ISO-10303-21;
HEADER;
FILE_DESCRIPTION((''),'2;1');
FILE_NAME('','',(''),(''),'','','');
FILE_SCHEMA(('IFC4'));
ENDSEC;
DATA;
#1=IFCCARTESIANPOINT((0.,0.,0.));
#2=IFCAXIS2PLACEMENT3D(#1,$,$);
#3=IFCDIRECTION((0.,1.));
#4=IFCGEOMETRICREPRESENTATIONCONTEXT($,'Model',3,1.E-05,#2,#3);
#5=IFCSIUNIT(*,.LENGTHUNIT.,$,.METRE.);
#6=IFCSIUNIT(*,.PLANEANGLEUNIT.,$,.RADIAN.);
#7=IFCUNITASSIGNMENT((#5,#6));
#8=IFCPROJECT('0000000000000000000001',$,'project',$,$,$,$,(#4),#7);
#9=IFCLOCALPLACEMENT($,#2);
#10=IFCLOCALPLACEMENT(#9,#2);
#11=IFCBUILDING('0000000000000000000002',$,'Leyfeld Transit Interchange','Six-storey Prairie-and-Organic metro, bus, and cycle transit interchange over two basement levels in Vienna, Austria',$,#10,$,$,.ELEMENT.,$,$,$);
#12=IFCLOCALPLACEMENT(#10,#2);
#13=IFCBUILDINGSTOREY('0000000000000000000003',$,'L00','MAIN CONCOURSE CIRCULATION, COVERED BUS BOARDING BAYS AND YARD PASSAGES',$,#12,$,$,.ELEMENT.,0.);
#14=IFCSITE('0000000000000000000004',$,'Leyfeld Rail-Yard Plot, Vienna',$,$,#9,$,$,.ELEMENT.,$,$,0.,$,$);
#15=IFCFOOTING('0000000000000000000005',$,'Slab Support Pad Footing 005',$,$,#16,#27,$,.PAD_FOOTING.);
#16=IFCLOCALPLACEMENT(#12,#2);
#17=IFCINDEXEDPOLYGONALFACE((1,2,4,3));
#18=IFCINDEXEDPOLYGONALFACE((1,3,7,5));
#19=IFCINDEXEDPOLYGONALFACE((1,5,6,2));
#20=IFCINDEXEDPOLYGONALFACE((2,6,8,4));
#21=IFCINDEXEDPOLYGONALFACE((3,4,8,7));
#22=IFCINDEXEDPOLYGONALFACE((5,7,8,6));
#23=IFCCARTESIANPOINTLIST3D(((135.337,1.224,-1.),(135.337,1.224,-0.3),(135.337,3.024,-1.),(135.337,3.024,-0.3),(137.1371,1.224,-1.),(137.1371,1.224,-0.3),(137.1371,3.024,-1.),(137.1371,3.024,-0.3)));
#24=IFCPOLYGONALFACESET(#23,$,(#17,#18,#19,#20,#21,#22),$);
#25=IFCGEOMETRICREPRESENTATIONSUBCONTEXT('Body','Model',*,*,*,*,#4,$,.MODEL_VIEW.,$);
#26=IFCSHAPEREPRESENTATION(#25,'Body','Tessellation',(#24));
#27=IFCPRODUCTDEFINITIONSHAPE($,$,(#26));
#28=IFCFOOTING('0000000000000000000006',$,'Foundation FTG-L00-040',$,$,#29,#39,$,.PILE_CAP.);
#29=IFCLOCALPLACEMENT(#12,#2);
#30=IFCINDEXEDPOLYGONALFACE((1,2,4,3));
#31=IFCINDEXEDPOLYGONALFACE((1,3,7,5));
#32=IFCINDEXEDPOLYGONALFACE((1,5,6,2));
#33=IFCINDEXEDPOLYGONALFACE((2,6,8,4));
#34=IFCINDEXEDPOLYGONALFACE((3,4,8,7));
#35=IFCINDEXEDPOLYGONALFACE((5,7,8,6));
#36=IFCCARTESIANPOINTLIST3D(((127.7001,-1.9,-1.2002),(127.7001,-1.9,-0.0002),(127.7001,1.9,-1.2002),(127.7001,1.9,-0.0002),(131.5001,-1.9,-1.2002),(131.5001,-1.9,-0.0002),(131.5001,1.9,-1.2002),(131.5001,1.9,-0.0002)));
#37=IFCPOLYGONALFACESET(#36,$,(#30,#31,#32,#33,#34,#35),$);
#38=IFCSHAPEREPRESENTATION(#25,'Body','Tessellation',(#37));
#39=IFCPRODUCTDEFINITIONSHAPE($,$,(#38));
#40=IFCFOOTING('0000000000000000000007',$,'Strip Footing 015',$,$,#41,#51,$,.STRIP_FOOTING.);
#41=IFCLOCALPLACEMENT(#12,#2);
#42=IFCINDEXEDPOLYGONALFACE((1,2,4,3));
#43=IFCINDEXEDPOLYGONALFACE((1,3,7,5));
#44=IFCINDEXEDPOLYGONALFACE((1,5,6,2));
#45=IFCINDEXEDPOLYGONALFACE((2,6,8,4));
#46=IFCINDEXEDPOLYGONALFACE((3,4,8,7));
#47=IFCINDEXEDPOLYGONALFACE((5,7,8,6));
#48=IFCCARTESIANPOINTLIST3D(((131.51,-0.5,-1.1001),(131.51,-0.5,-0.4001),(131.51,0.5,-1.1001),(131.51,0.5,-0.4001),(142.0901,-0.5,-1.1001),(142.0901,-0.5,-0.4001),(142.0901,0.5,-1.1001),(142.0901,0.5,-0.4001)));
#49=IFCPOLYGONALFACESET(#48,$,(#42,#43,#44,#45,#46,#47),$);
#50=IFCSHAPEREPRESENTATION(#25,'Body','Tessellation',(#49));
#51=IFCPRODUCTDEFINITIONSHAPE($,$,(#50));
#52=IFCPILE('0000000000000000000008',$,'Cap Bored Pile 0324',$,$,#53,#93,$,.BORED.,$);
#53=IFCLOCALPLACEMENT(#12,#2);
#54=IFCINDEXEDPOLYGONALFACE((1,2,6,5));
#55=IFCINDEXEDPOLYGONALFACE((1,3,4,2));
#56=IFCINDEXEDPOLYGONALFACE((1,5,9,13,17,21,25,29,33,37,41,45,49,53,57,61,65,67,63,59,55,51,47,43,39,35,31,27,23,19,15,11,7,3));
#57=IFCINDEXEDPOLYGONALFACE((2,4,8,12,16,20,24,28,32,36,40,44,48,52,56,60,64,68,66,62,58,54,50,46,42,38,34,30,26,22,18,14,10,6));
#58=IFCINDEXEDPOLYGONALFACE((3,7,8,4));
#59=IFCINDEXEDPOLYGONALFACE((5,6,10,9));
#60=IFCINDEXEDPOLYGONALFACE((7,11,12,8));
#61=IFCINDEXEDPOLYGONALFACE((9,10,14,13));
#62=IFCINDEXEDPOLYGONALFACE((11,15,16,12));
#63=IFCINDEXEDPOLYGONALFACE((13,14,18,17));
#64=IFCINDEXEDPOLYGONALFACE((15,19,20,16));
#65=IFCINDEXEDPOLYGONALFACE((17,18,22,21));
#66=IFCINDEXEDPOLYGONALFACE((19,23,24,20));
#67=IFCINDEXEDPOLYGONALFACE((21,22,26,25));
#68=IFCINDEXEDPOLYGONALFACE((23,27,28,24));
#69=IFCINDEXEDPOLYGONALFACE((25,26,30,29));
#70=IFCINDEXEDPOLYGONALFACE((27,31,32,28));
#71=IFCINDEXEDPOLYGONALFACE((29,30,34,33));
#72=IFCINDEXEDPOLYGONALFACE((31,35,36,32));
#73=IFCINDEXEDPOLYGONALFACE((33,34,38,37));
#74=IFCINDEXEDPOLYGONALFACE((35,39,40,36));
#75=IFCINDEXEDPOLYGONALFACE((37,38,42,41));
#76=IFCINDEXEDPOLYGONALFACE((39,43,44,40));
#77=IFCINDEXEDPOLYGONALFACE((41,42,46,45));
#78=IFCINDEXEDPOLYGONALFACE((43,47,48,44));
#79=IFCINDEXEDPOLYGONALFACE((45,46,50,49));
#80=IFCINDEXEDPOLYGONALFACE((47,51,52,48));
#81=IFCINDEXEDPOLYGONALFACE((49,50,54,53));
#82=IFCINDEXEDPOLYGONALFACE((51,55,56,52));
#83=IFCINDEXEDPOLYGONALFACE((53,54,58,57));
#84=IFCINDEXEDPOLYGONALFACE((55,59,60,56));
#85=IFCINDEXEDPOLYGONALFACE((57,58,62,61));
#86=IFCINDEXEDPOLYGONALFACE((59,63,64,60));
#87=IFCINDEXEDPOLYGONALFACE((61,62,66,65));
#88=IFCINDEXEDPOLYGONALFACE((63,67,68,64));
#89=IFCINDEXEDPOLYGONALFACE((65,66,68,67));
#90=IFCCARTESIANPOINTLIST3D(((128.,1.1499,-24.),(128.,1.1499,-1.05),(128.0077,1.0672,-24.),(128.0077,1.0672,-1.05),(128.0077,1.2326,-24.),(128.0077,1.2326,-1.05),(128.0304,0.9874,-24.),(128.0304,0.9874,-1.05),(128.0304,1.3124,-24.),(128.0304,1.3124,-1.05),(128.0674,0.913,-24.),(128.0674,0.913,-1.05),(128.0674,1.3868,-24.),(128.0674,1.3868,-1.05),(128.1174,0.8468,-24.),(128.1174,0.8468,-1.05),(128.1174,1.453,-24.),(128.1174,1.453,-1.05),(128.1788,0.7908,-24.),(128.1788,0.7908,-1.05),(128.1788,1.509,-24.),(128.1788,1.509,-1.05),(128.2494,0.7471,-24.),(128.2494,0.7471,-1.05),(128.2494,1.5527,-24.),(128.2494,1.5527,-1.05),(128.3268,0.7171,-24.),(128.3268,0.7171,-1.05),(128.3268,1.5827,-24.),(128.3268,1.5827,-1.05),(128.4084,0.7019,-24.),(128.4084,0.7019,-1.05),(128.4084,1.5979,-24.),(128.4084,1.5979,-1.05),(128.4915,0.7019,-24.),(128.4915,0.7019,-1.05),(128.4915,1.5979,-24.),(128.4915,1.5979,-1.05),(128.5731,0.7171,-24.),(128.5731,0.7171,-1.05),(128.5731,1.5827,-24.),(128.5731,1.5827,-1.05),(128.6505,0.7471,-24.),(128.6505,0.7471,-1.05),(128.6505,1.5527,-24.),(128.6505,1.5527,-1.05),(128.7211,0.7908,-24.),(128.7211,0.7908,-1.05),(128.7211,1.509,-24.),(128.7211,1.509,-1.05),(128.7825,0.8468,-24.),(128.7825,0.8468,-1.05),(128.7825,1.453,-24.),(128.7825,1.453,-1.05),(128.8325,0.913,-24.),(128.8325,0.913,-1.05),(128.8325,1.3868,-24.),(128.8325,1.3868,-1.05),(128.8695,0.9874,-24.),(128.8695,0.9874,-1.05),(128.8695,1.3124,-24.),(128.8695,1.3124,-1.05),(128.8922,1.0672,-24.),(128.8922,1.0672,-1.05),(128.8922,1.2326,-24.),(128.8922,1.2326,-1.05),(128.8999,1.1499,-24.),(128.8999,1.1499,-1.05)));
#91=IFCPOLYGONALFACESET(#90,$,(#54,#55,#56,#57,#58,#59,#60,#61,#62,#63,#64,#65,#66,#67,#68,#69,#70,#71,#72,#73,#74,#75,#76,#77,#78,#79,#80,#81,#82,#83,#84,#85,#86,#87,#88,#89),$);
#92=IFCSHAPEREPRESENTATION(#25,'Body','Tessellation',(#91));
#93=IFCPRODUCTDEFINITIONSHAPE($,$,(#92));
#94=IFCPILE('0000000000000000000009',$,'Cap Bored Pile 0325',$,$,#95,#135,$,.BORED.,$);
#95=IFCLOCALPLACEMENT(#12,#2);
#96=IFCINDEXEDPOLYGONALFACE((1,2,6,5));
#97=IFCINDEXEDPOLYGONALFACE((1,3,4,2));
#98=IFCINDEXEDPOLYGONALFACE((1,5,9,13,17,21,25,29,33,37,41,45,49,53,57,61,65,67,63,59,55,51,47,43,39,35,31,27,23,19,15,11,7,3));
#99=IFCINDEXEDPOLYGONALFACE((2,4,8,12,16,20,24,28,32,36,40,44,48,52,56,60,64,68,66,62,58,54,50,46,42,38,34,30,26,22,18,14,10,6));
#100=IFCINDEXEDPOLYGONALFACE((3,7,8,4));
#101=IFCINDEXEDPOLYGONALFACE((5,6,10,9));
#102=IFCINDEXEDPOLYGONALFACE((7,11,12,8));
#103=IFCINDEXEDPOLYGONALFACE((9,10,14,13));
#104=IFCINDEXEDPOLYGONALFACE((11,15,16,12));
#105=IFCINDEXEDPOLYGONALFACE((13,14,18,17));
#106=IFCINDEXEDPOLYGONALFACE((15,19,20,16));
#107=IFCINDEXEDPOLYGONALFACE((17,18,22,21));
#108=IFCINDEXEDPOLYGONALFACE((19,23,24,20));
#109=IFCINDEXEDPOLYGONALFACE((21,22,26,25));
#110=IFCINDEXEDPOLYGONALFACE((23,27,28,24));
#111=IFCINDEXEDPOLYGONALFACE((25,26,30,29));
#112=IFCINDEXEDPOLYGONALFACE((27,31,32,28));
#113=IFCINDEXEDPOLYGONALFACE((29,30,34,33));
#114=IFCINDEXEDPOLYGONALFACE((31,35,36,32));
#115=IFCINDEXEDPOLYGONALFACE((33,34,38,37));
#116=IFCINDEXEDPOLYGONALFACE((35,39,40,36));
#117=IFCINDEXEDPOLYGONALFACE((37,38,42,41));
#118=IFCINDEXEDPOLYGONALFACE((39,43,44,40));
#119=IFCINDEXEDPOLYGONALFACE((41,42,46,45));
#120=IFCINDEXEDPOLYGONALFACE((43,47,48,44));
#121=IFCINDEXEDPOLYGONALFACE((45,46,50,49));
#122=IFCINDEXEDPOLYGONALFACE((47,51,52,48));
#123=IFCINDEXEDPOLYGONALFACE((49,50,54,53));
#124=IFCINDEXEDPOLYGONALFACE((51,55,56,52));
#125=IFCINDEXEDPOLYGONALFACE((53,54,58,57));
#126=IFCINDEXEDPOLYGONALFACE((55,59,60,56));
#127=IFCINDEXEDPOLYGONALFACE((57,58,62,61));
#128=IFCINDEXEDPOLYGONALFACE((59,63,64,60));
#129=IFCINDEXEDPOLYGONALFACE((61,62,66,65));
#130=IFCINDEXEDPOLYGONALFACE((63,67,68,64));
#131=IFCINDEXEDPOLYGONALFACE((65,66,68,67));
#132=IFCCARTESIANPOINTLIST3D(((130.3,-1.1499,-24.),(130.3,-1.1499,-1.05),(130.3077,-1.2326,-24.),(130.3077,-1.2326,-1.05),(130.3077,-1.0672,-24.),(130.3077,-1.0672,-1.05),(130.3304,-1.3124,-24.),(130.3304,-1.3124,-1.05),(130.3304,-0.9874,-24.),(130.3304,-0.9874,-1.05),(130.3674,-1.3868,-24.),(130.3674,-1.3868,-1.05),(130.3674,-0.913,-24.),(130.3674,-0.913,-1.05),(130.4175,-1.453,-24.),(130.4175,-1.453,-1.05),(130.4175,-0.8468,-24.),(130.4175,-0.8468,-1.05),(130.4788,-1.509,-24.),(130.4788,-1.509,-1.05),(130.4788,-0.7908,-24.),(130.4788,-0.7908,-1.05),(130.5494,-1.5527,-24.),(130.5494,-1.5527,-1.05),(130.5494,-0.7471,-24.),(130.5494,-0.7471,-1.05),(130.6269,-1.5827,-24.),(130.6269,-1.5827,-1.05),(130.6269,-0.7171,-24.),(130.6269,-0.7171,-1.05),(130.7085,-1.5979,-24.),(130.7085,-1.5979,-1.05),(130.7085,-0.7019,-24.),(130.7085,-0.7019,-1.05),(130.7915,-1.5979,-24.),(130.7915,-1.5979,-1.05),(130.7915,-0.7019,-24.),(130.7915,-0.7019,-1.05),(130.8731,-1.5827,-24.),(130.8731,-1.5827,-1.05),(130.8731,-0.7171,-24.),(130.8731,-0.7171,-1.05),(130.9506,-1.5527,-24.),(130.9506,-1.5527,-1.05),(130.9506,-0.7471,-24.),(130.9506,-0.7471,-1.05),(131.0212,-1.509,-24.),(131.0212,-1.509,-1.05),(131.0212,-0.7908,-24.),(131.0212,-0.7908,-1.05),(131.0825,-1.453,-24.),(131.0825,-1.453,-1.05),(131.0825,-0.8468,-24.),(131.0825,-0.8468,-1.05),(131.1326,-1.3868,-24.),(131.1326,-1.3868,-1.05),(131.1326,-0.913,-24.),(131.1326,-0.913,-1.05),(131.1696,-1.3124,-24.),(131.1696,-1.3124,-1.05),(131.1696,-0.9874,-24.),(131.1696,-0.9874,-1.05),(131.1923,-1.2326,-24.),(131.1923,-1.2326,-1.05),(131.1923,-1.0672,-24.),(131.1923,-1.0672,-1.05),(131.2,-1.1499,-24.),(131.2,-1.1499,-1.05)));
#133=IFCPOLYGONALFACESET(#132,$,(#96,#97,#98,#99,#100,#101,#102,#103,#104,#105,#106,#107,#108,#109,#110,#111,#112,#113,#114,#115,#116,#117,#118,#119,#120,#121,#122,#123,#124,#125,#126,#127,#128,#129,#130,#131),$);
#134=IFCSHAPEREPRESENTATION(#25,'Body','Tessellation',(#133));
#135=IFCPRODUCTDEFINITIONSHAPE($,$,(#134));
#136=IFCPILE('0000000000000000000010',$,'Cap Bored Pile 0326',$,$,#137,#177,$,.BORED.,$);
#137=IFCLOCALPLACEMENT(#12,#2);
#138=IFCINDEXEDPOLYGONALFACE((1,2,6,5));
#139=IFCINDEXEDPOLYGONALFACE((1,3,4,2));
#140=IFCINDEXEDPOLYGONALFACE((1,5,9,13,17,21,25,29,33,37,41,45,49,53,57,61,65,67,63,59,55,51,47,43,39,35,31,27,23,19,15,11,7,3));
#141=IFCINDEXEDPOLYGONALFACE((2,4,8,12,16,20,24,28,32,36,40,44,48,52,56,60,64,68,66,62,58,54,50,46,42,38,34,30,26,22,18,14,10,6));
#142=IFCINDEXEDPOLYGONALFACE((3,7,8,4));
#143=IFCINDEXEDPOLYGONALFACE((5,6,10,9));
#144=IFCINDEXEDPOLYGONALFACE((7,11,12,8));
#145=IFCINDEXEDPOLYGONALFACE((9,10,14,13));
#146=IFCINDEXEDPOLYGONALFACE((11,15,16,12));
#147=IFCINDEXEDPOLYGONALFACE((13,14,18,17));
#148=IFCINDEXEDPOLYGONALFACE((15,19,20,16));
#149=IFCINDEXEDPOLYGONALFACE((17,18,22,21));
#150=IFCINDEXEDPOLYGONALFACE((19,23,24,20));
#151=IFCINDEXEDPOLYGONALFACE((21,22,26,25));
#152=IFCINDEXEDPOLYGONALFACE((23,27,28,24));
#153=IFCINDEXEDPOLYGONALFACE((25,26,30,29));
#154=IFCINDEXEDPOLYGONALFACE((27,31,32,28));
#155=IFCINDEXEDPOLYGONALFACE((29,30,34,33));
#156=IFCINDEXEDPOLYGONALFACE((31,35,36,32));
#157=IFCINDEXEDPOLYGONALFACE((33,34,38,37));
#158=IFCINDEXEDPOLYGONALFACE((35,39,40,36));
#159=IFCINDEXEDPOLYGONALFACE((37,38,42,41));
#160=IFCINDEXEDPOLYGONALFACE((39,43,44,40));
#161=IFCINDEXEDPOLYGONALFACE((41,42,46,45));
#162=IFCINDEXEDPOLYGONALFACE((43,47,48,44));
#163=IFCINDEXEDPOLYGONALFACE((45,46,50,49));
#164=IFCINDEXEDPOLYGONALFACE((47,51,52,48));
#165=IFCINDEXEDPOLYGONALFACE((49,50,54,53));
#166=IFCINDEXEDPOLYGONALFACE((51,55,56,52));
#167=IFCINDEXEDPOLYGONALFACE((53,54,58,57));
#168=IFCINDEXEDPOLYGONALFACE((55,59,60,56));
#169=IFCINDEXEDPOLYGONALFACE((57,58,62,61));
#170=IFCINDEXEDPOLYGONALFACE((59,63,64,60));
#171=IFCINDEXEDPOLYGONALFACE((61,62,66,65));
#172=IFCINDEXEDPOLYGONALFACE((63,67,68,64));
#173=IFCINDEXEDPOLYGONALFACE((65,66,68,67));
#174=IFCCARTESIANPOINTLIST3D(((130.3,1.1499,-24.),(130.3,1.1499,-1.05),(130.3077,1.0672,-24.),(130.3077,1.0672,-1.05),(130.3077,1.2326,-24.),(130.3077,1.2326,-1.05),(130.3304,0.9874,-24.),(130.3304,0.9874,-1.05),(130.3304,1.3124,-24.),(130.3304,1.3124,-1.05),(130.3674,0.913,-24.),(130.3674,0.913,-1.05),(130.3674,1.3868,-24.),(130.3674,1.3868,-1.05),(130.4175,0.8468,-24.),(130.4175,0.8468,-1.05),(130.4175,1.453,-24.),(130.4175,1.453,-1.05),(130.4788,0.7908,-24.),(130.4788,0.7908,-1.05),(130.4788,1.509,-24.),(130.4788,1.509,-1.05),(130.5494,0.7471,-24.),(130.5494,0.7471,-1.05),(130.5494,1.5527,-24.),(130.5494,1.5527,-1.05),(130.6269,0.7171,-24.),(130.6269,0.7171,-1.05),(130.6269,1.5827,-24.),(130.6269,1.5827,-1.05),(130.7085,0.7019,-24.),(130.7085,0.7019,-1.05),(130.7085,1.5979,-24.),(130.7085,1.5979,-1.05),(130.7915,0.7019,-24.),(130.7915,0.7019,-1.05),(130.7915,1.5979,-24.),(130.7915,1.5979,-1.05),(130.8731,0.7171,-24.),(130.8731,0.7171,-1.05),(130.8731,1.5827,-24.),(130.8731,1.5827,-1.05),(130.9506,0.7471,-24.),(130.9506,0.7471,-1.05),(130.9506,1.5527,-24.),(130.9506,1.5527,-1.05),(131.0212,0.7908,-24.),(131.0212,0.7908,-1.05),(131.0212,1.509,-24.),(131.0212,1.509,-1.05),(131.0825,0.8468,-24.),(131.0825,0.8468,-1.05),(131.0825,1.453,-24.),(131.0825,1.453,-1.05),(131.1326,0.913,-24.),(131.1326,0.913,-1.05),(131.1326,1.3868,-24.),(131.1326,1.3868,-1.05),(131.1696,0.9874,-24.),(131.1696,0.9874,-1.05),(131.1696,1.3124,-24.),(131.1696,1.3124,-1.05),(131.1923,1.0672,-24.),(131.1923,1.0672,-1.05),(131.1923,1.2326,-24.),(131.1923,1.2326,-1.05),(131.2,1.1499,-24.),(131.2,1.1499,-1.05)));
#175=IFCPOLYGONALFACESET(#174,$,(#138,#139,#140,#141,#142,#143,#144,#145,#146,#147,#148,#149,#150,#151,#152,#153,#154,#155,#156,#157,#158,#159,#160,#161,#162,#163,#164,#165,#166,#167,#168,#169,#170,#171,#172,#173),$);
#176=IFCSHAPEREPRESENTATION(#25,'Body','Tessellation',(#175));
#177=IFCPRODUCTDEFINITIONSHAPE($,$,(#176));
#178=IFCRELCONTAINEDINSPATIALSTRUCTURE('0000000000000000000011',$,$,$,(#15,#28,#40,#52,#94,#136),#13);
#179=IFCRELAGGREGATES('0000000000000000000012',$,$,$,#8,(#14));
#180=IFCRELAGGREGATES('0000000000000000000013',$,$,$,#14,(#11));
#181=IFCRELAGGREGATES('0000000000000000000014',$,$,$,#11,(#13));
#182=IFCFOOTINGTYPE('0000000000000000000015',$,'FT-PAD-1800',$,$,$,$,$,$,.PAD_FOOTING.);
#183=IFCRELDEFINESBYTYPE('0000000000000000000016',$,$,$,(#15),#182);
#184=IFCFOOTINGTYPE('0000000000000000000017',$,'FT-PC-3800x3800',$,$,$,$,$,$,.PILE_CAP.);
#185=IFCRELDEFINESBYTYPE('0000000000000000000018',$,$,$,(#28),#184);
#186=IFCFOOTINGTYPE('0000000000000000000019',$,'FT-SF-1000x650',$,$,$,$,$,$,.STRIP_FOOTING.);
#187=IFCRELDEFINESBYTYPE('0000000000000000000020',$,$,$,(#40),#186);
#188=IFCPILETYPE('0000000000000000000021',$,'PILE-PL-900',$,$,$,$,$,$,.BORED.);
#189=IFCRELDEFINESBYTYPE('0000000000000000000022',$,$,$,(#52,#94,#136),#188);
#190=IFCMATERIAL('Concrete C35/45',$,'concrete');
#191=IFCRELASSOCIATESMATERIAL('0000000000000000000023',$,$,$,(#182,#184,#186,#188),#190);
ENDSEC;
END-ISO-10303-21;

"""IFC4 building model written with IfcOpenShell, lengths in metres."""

from ifc_helpers import new_model, si_unit, direction, frame, origin, origin_2d, place, context, subcontext, project, spatial, rectangle, circle, extrude, material, material_profile, profile_set, type_object, element, save


model = new_model("IFC4")

# Units and contexts
model_context = context("Model", 3, precision=1e-05, world=origin(), true_north=direction((0.0, 1.0)))
body_context = subcontext(model_context, "Body", "Model", "MODEL_VIEW")
ifc_project = project(units=[si_unit("LENGTHUNIT", "METRE"), si_unit("PLANEANGLEUNIT", "RADIAN")], contexts=[model_context])

# Site, building, storey
site_placement = place(None, origin())
site = spatial("IfcSite", under=ifc_project, at=site_placement, Name="Leyfeld Rail-Yard Plot, Vienna", CompositionType="ELEMENT", RefElevation=0.0)
building_placement = place(site_placement, origin())
building = spatial("IfcBuilding", under=site, at=building_placement, Name="Leyfeld Transit Interchange", Description="Six-storey Prairie-and-Organic metro, bus, and cycle transit interchange over two basement levels in Vienna, Austria", CompositionType="ELEMENT")
storey_placement = place(building_placement, origin())
storey = spatial("IfcBuildingStorey", under=building, at=storey_placement, Name="L00", Description="MAIN CONCOURSE CIRCULATION, COVERED BUS BOARDING BAYS AND YARD PASSAGES", CompositionType="ELEMENT", Elevation=0.0)

# Footings
ifc_material_1 = material(Name="Concrete C35/45", Category="concrete")
footing_type_1 = type_object("IfcFootingType", Name="FT-PAD-1800", PredefinedType="PAD_FOOTING", material=ifc_material_1)
footing_1_placement = place(storey_placement, frame((136.2371, 2.124, -1.0), z_axis=(0.0, 0.0, 1.0), x_axis=(1.0, 0.0, 0.0)))
element("IfcFooting", 1, at=footing_1_placement, inside=storey, type_object=footing_type_1, Name="Slab Support Pad Footing 005", PredefinedType="PAD_FOOTING", context=body_context, shape_type="SweptSolid", body=[
    extrude(rectangle(XDim=1.8, YDim=1.8, at=origin_2d()), origin(), (0.0, 0.0, 1.0), 0.7),
])
footing_type_2 = type_object("IfcFootingType", Name="FT-PC-3800x3800", PredefinedType="PILE_CAP", material=ifc_material_1)
footing_2_placement = place(storey_placement, frame((129.6001, 0.0, -1.2002), z_axis=(0.0, 0.0, 1.0), x_axis=(1.0, 0.0, 0.0)))
element("IfcFooting", 2, at=footing_2_placement, inside=storey, type_object=footing_type_2, Name="Foundation FTG-L00-040", PredefinedType="PILE_CAP", context=body_context, shape_type="SweptSolid", body=[
    extrude(rectangle(XDim=3.8, YDim=3.8, at=origin_2d()), origin(), (0.0, 0.0, 1.0), 1.2),
])
footing_type_3 = type_object("IfcFootingType", Name="FT-SF-1000x650", PredefinedType="STRIP_FOOTING", material=ifc_material_1)
footing_3_placement = place(storey_placement, frame((136.8, 0.0, -1.1001), z_axis=(0.0, 0.0, 1.0), x_axis=(1.0, 0.0, 0.0)))
element("IfcFooting", 3, at=footing_3_placement, inside=storey, type_object=footing_type_3, Name="Strip Footing 015", PredefinedType="STRIP_FOOTING", context=body_context, shape_type="SweptSolid", body=[
    extrude(rectangle(XDim=10.5801, YDim=1.0, at=origin_2d()), origin(), (0.0, 0.0, 1.0), 0.7),
])

# Piles
ifc_material_profile_1 = material_profile(ifc_material_1, circle(Radius=0.45, at=origin_2d()), Name="PILE D900")
ifc_profile_set_1 = profile_set([ifc_material_profile_1], Name="Concrete C35/45")
pile_type = type_object("IfcPileType", Name="PILE-PL-900", PredefinedType="BORED", material=ifc_profile_set_1)
for number, where, z_axis, x_axis, name in (
    (4, (128.45, 1.1499, -1.05), (0.0, 0.0, -1.0), (1.0, 0.0, 0.0), "Cap Bored Pile 0324"),
    (5, (130.75, -1.1499, -1.05), (0.0, 0.0, -1.0), (1.0, 0.0, 0.0), "Cap Bored Pile 0325"),
    (6, (130.75, 1.1499, -1.05), (0.0, 0.0, -1.0), (1.0, 0.0, 0.0), "Cap Bored Pile 0326"),
):
    element("IfcPile", number, at=place(storey_placement, frame(where, z_axis=z_axis, x_axis=x_axis)), inside=storey, type_object=pile_type, Name=name, PredefinedType="BORED", context=body_context, shape_type="SweptSolid", body=[
        extrude(circle(Radius=0.45, at=origin_2d()), origin(), (0.0, 0.0, 1.0), 22.95),
    ])

save(model, "model.ifc")
